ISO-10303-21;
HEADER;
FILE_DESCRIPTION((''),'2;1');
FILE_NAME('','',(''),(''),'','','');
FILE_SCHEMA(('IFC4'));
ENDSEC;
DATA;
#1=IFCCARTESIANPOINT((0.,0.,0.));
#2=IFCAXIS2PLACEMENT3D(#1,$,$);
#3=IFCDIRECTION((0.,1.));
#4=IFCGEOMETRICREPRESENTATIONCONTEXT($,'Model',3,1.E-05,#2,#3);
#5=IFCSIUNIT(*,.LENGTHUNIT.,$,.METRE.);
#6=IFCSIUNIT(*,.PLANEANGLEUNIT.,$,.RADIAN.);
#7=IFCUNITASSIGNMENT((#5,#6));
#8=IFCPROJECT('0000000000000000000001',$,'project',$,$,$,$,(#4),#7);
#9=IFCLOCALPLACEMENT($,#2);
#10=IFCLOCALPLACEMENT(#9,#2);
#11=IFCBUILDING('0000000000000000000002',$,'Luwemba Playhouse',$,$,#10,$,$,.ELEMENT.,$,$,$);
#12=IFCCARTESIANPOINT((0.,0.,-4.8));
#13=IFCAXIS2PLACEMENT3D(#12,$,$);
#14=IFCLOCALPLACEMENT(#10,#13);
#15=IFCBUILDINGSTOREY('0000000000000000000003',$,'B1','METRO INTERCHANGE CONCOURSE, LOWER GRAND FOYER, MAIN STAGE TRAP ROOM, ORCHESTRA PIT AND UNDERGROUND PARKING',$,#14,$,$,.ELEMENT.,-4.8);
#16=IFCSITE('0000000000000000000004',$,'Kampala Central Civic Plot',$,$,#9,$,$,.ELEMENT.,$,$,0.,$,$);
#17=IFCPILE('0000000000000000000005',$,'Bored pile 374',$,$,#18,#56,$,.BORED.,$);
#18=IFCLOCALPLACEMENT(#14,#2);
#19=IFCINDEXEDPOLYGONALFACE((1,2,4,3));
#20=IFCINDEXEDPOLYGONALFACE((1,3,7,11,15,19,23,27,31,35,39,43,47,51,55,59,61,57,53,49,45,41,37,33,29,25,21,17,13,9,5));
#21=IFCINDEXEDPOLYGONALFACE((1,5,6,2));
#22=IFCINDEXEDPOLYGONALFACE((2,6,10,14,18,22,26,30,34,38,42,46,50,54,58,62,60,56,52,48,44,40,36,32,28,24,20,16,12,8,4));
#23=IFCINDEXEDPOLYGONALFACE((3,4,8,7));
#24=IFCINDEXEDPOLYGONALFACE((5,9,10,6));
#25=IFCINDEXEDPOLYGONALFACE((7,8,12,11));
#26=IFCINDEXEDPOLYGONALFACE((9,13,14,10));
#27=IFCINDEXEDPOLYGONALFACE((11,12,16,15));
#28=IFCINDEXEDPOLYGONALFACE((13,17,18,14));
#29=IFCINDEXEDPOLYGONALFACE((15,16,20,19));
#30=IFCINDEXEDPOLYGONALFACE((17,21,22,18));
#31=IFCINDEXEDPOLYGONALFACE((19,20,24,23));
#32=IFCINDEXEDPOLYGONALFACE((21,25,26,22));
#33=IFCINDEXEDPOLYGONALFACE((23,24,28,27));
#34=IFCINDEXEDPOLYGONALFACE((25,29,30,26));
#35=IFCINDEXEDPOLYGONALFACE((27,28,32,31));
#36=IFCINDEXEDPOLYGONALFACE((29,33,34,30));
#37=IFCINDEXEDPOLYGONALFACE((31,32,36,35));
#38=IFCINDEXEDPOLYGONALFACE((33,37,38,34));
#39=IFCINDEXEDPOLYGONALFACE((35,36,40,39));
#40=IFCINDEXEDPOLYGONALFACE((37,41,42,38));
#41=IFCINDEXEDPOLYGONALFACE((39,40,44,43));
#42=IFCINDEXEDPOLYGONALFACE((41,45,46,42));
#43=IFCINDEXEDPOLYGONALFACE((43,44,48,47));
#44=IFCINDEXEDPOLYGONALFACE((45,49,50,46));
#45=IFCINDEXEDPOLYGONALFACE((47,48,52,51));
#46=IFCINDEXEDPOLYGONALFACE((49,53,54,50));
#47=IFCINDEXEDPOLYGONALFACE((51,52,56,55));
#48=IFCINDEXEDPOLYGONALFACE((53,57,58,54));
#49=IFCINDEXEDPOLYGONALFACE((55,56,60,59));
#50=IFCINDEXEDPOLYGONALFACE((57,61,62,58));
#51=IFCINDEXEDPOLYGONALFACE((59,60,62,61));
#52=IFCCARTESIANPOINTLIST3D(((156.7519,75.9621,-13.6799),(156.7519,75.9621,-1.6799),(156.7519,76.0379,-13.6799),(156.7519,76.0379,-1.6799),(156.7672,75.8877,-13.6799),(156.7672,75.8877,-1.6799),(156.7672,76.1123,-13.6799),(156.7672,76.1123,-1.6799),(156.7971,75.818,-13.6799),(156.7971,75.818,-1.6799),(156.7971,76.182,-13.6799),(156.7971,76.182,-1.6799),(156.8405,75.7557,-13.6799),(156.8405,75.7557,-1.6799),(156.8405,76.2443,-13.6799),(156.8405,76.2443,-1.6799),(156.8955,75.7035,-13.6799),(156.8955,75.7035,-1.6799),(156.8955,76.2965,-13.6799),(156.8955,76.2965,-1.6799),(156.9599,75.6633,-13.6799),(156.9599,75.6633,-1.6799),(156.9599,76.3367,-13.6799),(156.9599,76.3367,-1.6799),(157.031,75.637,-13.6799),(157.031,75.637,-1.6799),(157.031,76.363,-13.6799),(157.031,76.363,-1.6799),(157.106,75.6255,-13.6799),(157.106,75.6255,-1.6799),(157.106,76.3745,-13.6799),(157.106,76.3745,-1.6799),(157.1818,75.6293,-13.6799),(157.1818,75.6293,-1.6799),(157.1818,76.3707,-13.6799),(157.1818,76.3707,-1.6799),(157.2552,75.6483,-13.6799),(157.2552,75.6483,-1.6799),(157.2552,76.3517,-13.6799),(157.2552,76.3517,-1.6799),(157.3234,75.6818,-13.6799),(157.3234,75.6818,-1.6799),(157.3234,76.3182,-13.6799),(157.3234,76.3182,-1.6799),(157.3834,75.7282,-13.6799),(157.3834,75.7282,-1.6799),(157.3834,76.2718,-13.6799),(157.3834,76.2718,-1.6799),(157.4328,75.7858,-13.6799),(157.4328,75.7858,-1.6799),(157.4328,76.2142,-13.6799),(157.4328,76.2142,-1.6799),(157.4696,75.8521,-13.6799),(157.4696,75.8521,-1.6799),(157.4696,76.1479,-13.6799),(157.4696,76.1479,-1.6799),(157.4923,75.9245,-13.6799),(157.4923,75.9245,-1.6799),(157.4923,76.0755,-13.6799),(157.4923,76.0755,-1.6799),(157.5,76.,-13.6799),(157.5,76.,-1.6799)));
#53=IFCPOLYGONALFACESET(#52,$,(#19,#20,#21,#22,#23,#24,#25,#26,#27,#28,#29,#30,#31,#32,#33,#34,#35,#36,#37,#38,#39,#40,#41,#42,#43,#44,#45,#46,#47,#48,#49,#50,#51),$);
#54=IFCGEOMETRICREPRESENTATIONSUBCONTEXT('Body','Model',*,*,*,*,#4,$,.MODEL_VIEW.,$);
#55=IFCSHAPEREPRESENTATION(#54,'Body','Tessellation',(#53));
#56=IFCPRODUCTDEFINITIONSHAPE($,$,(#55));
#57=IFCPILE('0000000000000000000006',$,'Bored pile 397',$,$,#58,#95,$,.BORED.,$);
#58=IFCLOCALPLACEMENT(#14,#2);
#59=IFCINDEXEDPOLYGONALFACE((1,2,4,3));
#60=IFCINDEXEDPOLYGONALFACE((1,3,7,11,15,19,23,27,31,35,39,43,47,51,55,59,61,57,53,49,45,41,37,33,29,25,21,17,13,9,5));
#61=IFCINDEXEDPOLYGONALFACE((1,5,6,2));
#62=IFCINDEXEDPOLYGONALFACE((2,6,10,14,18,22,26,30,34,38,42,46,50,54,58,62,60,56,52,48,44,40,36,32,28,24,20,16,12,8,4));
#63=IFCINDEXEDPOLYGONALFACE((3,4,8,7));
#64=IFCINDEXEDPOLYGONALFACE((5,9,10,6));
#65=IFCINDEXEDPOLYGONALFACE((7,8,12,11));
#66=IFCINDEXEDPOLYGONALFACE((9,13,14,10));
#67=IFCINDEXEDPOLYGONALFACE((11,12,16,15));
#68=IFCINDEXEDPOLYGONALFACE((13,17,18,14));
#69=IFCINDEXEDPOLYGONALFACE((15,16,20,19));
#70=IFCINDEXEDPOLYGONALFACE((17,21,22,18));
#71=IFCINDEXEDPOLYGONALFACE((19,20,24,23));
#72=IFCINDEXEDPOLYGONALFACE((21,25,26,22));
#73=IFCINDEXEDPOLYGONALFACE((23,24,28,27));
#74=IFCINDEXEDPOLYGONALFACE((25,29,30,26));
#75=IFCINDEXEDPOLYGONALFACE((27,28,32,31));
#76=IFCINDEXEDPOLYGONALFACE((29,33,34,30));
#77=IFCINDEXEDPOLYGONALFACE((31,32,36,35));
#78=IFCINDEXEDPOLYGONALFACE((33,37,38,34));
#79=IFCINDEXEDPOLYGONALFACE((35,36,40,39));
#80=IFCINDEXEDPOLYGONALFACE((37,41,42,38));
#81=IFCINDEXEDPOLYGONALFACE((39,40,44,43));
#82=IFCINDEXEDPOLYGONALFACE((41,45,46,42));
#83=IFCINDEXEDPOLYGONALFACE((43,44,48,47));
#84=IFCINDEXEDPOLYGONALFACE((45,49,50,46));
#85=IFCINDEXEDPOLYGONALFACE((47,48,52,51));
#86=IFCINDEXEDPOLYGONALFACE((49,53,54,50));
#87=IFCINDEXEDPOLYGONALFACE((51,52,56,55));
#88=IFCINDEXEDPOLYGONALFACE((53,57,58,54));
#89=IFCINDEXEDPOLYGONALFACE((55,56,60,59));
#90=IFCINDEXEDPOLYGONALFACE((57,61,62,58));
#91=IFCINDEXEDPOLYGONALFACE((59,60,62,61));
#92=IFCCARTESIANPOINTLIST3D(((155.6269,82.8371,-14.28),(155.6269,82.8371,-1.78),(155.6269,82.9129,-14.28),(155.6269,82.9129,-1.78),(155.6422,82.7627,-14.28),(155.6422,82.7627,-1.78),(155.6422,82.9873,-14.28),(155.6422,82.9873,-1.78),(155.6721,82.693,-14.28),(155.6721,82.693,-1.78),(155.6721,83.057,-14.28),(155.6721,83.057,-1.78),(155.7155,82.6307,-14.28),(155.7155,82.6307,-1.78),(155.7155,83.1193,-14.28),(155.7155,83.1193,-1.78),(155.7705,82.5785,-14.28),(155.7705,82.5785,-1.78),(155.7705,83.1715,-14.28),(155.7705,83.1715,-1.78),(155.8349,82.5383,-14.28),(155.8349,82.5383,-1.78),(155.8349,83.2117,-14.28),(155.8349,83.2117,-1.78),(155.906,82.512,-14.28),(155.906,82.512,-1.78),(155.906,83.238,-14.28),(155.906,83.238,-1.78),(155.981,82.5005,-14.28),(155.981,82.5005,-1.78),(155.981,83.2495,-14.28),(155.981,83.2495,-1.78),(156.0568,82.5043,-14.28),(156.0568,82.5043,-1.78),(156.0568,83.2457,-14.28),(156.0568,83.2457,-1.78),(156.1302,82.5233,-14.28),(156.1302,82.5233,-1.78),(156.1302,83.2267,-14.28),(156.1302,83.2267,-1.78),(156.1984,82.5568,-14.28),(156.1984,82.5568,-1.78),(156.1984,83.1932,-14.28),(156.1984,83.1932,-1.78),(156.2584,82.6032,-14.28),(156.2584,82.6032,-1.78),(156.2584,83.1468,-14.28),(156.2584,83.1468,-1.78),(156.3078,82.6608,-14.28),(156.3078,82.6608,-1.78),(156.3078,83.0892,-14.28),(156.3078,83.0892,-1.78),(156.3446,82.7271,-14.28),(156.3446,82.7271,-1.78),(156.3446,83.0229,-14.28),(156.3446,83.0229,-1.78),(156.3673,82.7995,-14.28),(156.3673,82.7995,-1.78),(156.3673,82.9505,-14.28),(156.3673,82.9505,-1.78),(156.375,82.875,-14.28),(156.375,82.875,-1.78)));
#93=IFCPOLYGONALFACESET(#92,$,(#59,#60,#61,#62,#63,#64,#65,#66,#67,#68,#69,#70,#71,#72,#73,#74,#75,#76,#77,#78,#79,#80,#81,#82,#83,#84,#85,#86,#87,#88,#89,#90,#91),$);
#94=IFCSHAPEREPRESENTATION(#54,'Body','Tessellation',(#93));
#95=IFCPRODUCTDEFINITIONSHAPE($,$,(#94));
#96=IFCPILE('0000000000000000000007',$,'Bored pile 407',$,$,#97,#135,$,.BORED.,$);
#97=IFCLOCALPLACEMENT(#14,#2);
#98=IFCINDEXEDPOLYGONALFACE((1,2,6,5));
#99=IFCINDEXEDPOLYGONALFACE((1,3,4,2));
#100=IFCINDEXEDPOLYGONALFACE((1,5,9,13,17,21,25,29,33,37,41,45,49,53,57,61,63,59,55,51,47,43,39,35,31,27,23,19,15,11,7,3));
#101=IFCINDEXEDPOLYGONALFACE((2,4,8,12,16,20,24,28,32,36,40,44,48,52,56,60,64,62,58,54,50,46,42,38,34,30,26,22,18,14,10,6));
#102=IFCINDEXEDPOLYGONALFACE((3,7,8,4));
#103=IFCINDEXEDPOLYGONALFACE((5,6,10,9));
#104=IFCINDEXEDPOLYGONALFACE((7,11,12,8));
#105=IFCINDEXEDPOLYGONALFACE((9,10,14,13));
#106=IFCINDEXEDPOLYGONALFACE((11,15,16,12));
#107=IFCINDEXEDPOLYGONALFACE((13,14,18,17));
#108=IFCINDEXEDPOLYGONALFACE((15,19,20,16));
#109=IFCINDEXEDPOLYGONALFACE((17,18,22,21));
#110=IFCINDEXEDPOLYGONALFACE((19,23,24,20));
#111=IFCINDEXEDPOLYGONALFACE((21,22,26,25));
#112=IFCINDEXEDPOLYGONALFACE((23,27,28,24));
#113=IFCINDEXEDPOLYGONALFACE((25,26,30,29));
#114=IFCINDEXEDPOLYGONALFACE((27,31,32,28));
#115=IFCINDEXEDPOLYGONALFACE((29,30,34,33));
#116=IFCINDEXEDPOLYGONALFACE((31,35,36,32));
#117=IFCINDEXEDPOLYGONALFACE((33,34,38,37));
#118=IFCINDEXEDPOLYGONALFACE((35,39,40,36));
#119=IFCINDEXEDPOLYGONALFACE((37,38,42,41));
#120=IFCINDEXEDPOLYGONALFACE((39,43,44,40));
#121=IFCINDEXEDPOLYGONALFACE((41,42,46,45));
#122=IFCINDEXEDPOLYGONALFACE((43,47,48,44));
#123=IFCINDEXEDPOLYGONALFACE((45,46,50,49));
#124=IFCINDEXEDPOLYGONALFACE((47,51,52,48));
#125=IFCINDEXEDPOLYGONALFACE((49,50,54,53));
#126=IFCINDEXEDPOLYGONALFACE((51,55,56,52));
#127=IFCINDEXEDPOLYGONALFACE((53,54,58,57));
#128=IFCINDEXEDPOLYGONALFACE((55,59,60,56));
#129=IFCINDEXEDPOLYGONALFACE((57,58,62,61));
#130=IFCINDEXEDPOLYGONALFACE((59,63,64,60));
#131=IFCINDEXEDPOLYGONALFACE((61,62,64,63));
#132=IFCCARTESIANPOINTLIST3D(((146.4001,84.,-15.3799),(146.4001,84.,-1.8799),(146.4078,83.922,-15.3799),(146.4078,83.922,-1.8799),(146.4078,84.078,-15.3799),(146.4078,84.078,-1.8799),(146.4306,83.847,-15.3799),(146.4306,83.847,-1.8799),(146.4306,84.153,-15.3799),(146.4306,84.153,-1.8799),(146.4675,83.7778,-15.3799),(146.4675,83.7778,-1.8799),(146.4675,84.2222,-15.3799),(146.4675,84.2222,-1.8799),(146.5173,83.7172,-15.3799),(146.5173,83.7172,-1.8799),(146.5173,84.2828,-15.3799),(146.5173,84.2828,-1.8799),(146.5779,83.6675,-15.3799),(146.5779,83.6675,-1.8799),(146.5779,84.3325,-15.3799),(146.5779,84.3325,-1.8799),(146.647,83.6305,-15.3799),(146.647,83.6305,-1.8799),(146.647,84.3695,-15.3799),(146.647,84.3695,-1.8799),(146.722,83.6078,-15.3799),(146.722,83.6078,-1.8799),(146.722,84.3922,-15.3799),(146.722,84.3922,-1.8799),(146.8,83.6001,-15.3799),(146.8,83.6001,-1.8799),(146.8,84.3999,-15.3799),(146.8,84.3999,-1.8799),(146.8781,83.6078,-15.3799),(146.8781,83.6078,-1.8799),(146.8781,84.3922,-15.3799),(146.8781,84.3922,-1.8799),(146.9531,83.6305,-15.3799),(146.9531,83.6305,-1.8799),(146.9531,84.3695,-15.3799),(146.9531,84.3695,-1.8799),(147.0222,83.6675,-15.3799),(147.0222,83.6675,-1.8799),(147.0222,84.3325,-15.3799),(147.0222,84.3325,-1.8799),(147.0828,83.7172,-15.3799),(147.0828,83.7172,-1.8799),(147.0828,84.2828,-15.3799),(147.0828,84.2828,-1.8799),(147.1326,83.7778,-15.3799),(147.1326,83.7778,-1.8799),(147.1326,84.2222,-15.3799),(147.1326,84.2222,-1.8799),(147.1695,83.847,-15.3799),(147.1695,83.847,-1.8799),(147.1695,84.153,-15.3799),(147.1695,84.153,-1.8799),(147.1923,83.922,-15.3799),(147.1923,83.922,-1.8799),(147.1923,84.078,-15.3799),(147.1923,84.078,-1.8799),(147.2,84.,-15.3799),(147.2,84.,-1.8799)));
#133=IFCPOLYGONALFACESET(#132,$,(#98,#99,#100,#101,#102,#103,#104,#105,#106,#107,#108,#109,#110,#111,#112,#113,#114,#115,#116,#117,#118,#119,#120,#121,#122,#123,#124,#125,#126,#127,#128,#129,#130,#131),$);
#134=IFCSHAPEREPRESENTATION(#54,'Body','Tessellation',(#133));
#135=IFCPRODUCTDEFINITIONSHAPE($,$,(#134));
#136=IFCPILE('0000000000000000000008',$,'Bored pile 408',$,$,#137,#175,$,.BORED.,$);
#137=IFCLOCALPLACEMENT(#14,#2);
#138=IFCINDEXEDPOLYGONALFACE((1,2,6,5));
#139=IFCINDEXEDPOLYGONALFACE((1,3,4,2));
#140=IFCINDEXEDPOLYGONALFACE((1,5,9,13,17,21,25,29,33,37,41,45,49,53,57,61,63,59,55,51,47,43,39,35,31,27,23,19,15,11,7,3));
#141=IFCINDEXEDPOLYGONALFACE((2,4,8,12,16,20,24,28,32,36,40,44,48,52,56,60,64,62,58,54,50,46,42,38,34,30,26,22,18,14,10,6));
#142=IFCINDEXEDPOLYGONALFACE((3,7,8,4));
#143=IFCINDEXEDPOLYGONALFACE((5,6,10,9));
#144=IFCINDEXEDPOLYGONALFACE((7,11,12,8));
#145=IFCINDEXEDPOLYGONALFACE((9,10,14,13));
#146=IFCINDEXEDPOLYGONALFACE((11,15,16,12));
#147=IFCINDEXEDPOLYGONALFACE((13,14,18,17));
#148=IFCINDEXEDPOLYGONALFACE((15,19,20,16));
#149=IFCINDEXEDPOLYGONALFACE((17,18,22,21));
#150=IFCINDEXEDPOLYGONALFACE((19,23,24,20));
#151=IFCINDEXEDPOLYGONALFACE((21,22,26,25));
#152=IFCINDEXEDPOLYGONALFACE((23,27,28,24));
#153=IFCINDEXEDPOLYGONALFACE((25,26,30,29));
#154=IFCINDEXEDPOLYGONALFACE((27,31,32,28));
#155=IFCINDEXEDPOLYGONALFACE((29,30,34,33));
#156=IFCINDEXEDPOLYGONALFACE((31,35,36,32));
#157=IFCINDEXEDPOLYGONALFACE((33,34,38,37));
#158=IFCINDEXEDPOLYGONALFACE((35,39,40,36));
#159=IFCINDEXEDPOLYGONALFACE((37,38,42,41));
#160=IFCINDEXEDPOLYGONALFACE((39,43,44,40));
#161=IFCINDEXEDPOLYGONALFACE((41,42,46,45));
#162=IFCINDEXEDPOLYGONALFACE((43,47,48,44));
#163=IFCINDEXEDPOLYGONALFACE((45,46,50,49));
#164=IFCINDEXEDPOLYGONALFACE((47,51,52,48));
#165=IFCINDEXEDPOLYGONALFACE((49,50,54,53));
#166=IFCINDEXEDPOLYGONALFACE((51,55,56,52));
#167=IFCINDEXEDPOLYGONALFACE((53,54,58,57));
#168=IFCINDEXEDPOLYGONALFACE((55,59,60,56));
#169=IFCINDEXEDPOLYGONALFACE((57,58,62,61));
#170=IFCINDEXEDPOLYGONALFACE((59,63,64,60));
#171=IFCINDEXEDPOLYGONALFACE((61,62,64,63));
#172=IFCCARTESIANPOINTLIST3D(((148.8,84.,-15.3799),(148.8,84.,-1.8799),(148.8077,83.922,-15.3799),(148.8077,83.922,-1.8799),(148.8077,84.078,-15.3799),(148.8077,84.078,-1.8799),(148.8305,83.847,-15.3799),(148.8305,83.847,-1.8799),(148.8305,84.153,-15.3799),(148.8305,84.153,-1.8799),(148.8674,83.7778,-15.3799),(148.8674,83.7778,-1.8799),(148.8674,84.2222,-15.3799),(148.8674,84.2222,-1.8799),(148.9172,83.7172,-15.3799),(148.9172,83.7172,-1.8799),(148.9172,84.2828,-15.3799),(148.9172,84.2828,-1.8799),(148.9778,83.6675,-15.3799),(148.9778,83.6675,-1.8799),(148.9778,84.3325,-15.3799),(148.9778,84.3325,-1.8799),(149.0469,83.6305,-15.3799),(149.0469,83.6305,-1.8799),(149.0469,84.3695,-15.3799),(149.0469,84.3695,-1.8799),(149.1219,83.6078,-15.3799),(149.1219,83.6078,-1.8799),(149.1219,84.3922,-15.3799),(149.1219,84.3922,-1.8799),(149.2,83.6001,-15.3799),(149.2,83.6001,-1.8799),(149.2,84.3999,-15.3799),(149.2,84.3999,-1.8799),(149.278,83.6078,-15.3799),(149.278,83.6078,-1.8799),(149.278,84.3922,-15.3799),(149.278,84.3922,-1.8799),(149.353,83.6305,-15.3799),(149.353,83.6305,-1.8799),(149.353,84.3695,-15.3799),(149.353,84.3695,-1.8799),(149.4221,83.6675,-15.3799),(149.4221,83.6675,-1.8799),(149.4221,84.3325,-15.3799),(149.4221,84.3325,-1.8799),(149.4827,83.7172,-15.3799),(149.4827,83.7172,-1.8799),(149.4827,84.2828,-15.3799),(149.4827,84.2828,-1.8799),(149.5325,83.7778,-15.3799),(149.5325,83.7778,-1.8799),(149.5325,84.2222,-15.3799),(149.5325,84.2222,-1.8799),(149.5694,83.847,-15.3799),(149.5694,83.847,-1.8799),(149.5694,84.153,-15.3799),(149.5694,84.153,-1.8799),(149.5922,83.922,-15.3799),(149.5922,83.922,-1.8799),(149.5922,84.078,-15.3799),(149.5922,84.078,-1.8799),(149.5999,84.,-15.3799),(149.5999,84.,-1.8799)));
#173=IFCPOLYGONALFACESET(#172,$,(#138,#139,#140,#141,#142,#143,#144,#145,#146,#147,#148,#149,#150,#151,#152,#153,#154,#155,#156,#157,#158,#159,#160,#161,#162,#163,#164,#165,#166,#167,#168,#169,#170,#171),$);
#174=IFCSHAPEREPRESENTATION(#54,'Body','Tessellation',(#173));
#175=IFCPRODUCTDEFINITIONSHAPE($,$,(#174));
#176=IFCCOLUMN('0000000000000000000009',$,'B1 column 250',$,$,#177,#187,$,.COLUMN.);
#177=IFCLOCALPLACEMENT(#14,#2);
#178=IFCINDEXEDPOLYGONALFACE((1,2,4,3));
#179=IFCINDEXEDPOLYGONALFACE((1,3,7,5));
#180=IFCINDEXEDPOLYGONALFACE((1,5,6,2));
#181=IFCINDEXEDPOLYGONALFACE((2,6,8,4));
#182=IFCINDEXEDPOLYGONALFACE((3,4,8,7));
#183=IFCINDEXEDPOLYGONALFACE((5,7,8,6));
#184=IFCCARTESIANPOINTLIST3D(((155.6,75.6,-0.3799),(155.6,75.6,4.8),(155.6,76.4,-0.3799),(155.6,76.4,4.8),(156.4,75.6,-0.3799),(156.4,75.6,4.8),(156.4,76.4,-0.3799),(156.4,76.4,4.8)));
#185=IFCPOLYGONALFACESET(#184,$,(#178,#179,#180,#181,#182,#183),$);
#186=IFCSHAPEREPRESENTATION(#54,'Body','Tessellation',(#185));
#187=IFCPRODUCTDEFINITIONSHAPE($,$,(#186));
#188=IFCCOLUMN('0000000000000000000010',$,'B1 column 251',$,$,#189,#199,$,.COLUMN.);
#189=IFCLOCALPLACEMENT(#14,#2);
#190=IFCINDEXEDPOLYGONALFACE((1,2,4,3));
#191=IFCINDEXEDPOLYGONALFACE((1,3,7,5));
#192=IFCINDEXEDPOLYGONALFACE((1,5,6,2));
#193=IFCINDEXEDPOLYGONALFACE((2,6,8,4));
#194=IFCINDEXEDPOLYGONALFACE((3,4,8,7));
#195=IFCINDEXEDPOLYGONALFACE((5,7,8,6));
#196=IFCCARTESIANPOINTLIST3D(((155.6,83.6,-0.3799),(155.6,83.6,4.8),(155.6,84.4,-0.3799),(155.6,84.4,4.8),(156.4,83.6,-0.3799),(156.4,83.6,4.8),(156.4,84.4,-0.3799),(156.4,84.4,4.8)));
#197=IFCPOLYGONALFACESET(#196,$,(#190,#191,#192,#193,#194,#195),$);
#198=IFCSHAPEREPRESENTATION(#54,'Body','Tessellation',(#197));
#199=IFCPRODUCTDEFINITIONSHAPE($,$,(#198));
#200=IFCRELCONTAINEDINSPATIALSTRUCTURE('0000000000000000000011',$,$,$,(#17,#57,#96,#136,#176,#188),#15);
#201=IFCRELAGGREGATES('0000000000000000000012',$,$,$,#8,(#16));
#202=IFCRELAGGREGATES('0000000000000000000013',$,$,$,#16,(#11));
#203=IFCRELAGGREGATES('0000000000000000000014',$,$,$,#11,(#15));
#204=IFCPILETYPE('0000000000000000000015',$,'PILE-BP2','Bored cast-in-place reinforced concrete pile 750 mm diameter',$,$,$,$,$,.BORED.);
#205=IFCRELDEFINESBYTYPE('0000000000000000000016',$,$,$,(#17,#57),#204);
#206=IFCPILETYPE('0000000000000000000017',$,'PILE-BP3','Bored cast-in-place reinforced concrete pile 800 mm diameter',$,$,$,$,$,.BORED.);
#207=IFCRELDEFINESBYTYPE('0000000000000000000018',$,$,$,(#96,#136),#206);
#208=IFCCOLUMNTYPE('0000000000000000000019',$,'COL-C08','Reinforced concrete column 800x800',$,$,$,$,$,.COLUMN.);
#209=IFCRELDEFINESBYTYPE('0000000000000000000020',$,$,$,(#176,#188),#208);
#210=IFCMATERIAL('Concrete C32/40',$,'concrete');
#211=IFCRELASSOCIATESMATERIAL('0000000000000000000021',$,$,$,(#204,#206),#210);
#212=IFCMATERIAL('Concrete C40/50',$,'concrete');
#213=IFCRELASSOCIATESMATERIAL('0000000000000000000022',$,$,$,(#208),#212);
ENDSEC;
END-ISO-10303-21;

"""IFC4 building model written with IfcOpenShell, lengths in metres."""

from ifc_helpers import new_model, si_unit, direction, frame, origin, origin_2d, place, context, subcontext, project, spatial, rectangle, circle, extrude, material, material_profile, profile_set, type_object, element, save


model = new_model("IFC4")

# Units and contexts
model_context = context("Model", 3, precision=1e-05, world=origin(), true_north=direction((0.0, 1.0)))
body_context = subcontext(model_context, "Body", "Model", "MODEL_VIEW")
ifc_project = project(units=[si_unit("LENGTHUNIT", "METRE"), si_unit("PLANEANGLEUNIT", "RADIAN")], contexts=[model_context])

# Site, building, storey
site_placement = place(None, origin())
site = spatial("IfcSite", under=ifc_project, at=site_placement, Name="Kampala Central Civic Plot", CompositionType="ELEMENT", RefElevation=0.0)
building_placement = place(site_placement, origin())
building = spatial("IfcBuilding", under=site, at=building_placement, Name="Luwemba Playhouse", CompositionType="ELEMENT")
storey_placement = place(building_placement, frame((0.0, 0.0, -4.8)))
storey = spatial("IfcBuildingStorey", under=building, at=storey_placement, Name="B1", Description="METRO INTERCHANGE CONCOURSE, LOWER GRAND FOYER, MAIN STAGE TRAP ROOM, ORCHESTRA PIT AND UNDERGROUND PARKING", CompositionType="ELEMENT", Elevation=-4.8)

# Shared definitions
ifc_material_1 = material(Name="Concrete C32/40", Category="concrete")

# Piles
ifc_material_profile_1 = material_profile(ifc_material_1, circle(Radius=0.375, at=origin_2d()))
ifc_profile_set_1 = profile_set([ifc_material_profile_1], Name="Concrete C32/40")
pile_type_1 = type_object("IfcPileType", Name="PILE-BP2", Description="Bored cast-in-place reinforced concrete pile 750 mm diameter", PredefinedType="BORED", material=ifc_profile_set_1)
for number, where, z_axis, x_axis, name in (
    (1, (157.125, 76.0, -1.6799), (0.0, 0.0, -1.0), (1.0, 0.0, 0.0), "Bored pile 374"),
):
    element("IfcPile", number, at=place(storey_placement, frame(where, z_axis=z_axis, x_axis=x_axis)), inside=storey, type_object=pile_type_1, Name=name, PredefinedType="BORED", context=body_context, shape_type="SweptSolid", body=[
        extrude(circle(Radius=0.375, at=origin_2d()), origin(), (0.0, 0.0, 1.0), 12.0),
    ])
pile_placement = place(storey_placement, frame((156.0, 82.875, -1.78), z_axis=(0.0, 0.0, -1.0), x_axis=(1.0, 0.0, 0.0)))
element("IfcPile", 2, at=pile_placement, inside=storey, type_object=pile_type_1, Name="Bored pile 397", PredefinedType="BORED", context=body_context, shape_type="SweptSolid", body=[
    extrude(circle(Radius=0.375, at=origin_2d()), origin(), (0.0, 0.0, 1.0), 12.5),
])
ifc_material_profile_2 = material_profile(ifc_material_1, circle(Radius=0.3999, at=origin_2d()))
ifc_profile_set_2 = profile_set([ifc_material_profile_2], Name="Concrete C32/40")
pile_type_2 = type_object("IfcPileType", Name="PILE-BP3", Description="Bored cast-in-place reinforced concrete pile 800 mm diameter", PredefinedType="BORED", material=ifc_profile_set_2)
for number, where, z_axis, x_axis, name in (
    (3, (146.8, 84.0, -1.8799), (0.0, 0.0, -1.0), (1.0, 0.0, 0.0), "Bored pile 407"),
    (4, (149.2, 84.0, -1.8799), (0.0, 0.0, -1.0), (1.0, 0.0, 0.0), "Bored pile 408"),
):
    element("IfcPile", number, at=place(storey_placement, frame(where, z_axis=z_axis, x_axis=x_axis)), inside=storey, type_object=pile_type_2, Name=name, PredefinedType="BORED", context=body_context, shape_type="SweptSolid", body=[
        extrude(circle(Radius=0.3999, at=origin_2d()), origin(), (0.0, 0.0, 1.0), 13.5),
    ])

# Columns
ifc_material_2 = material(Name="Concrete C40/50", Category="concrete")
ifc_material_profile_3 = material_profile(ifc_material_2, rectangle(XDim=0.8, YDim=0.8, at=origin_2d()))
ifc_profile_set_3 = profile_set([ifc_material_profile_3], Name="Concrete C40/50")
column_type_1 = type_object("IfcColumnType", Name="COL-C08", Description="Reinforced concrete column 800x800", PredefinedType="COLUMN", material=ifc_profile_set_3)
for number, where, z_axis, x_axis, name in (
    (5, (156.0, 76.0, -0.3799), (0.0, 0.0, 1.0), (1.0, 0.0, 0.0), "B1 column 250"),
    (6, (156.0, 84.0, -0.3799), (0.0, 0.0, 1.0), (1.0, 0.0, 0.0), "B1 column 251"),
):
    element("IfcColumn", number, at=place(storey_placement, frame(where, z_axis=z_axis, x_axis=x_axis)), inside=storey, type_object=column_type_1, Name=name, PredefinedType="COLUMN", context=body_context, shape_type="SweptSolid", body=[
        extrude(rectangle(XDim=0.8, YDim=0.8, at=origin_2d()), origin(), (0.0, 0.0, 1.0), 5.1799),
    ])

save(model, "model.ifc")
